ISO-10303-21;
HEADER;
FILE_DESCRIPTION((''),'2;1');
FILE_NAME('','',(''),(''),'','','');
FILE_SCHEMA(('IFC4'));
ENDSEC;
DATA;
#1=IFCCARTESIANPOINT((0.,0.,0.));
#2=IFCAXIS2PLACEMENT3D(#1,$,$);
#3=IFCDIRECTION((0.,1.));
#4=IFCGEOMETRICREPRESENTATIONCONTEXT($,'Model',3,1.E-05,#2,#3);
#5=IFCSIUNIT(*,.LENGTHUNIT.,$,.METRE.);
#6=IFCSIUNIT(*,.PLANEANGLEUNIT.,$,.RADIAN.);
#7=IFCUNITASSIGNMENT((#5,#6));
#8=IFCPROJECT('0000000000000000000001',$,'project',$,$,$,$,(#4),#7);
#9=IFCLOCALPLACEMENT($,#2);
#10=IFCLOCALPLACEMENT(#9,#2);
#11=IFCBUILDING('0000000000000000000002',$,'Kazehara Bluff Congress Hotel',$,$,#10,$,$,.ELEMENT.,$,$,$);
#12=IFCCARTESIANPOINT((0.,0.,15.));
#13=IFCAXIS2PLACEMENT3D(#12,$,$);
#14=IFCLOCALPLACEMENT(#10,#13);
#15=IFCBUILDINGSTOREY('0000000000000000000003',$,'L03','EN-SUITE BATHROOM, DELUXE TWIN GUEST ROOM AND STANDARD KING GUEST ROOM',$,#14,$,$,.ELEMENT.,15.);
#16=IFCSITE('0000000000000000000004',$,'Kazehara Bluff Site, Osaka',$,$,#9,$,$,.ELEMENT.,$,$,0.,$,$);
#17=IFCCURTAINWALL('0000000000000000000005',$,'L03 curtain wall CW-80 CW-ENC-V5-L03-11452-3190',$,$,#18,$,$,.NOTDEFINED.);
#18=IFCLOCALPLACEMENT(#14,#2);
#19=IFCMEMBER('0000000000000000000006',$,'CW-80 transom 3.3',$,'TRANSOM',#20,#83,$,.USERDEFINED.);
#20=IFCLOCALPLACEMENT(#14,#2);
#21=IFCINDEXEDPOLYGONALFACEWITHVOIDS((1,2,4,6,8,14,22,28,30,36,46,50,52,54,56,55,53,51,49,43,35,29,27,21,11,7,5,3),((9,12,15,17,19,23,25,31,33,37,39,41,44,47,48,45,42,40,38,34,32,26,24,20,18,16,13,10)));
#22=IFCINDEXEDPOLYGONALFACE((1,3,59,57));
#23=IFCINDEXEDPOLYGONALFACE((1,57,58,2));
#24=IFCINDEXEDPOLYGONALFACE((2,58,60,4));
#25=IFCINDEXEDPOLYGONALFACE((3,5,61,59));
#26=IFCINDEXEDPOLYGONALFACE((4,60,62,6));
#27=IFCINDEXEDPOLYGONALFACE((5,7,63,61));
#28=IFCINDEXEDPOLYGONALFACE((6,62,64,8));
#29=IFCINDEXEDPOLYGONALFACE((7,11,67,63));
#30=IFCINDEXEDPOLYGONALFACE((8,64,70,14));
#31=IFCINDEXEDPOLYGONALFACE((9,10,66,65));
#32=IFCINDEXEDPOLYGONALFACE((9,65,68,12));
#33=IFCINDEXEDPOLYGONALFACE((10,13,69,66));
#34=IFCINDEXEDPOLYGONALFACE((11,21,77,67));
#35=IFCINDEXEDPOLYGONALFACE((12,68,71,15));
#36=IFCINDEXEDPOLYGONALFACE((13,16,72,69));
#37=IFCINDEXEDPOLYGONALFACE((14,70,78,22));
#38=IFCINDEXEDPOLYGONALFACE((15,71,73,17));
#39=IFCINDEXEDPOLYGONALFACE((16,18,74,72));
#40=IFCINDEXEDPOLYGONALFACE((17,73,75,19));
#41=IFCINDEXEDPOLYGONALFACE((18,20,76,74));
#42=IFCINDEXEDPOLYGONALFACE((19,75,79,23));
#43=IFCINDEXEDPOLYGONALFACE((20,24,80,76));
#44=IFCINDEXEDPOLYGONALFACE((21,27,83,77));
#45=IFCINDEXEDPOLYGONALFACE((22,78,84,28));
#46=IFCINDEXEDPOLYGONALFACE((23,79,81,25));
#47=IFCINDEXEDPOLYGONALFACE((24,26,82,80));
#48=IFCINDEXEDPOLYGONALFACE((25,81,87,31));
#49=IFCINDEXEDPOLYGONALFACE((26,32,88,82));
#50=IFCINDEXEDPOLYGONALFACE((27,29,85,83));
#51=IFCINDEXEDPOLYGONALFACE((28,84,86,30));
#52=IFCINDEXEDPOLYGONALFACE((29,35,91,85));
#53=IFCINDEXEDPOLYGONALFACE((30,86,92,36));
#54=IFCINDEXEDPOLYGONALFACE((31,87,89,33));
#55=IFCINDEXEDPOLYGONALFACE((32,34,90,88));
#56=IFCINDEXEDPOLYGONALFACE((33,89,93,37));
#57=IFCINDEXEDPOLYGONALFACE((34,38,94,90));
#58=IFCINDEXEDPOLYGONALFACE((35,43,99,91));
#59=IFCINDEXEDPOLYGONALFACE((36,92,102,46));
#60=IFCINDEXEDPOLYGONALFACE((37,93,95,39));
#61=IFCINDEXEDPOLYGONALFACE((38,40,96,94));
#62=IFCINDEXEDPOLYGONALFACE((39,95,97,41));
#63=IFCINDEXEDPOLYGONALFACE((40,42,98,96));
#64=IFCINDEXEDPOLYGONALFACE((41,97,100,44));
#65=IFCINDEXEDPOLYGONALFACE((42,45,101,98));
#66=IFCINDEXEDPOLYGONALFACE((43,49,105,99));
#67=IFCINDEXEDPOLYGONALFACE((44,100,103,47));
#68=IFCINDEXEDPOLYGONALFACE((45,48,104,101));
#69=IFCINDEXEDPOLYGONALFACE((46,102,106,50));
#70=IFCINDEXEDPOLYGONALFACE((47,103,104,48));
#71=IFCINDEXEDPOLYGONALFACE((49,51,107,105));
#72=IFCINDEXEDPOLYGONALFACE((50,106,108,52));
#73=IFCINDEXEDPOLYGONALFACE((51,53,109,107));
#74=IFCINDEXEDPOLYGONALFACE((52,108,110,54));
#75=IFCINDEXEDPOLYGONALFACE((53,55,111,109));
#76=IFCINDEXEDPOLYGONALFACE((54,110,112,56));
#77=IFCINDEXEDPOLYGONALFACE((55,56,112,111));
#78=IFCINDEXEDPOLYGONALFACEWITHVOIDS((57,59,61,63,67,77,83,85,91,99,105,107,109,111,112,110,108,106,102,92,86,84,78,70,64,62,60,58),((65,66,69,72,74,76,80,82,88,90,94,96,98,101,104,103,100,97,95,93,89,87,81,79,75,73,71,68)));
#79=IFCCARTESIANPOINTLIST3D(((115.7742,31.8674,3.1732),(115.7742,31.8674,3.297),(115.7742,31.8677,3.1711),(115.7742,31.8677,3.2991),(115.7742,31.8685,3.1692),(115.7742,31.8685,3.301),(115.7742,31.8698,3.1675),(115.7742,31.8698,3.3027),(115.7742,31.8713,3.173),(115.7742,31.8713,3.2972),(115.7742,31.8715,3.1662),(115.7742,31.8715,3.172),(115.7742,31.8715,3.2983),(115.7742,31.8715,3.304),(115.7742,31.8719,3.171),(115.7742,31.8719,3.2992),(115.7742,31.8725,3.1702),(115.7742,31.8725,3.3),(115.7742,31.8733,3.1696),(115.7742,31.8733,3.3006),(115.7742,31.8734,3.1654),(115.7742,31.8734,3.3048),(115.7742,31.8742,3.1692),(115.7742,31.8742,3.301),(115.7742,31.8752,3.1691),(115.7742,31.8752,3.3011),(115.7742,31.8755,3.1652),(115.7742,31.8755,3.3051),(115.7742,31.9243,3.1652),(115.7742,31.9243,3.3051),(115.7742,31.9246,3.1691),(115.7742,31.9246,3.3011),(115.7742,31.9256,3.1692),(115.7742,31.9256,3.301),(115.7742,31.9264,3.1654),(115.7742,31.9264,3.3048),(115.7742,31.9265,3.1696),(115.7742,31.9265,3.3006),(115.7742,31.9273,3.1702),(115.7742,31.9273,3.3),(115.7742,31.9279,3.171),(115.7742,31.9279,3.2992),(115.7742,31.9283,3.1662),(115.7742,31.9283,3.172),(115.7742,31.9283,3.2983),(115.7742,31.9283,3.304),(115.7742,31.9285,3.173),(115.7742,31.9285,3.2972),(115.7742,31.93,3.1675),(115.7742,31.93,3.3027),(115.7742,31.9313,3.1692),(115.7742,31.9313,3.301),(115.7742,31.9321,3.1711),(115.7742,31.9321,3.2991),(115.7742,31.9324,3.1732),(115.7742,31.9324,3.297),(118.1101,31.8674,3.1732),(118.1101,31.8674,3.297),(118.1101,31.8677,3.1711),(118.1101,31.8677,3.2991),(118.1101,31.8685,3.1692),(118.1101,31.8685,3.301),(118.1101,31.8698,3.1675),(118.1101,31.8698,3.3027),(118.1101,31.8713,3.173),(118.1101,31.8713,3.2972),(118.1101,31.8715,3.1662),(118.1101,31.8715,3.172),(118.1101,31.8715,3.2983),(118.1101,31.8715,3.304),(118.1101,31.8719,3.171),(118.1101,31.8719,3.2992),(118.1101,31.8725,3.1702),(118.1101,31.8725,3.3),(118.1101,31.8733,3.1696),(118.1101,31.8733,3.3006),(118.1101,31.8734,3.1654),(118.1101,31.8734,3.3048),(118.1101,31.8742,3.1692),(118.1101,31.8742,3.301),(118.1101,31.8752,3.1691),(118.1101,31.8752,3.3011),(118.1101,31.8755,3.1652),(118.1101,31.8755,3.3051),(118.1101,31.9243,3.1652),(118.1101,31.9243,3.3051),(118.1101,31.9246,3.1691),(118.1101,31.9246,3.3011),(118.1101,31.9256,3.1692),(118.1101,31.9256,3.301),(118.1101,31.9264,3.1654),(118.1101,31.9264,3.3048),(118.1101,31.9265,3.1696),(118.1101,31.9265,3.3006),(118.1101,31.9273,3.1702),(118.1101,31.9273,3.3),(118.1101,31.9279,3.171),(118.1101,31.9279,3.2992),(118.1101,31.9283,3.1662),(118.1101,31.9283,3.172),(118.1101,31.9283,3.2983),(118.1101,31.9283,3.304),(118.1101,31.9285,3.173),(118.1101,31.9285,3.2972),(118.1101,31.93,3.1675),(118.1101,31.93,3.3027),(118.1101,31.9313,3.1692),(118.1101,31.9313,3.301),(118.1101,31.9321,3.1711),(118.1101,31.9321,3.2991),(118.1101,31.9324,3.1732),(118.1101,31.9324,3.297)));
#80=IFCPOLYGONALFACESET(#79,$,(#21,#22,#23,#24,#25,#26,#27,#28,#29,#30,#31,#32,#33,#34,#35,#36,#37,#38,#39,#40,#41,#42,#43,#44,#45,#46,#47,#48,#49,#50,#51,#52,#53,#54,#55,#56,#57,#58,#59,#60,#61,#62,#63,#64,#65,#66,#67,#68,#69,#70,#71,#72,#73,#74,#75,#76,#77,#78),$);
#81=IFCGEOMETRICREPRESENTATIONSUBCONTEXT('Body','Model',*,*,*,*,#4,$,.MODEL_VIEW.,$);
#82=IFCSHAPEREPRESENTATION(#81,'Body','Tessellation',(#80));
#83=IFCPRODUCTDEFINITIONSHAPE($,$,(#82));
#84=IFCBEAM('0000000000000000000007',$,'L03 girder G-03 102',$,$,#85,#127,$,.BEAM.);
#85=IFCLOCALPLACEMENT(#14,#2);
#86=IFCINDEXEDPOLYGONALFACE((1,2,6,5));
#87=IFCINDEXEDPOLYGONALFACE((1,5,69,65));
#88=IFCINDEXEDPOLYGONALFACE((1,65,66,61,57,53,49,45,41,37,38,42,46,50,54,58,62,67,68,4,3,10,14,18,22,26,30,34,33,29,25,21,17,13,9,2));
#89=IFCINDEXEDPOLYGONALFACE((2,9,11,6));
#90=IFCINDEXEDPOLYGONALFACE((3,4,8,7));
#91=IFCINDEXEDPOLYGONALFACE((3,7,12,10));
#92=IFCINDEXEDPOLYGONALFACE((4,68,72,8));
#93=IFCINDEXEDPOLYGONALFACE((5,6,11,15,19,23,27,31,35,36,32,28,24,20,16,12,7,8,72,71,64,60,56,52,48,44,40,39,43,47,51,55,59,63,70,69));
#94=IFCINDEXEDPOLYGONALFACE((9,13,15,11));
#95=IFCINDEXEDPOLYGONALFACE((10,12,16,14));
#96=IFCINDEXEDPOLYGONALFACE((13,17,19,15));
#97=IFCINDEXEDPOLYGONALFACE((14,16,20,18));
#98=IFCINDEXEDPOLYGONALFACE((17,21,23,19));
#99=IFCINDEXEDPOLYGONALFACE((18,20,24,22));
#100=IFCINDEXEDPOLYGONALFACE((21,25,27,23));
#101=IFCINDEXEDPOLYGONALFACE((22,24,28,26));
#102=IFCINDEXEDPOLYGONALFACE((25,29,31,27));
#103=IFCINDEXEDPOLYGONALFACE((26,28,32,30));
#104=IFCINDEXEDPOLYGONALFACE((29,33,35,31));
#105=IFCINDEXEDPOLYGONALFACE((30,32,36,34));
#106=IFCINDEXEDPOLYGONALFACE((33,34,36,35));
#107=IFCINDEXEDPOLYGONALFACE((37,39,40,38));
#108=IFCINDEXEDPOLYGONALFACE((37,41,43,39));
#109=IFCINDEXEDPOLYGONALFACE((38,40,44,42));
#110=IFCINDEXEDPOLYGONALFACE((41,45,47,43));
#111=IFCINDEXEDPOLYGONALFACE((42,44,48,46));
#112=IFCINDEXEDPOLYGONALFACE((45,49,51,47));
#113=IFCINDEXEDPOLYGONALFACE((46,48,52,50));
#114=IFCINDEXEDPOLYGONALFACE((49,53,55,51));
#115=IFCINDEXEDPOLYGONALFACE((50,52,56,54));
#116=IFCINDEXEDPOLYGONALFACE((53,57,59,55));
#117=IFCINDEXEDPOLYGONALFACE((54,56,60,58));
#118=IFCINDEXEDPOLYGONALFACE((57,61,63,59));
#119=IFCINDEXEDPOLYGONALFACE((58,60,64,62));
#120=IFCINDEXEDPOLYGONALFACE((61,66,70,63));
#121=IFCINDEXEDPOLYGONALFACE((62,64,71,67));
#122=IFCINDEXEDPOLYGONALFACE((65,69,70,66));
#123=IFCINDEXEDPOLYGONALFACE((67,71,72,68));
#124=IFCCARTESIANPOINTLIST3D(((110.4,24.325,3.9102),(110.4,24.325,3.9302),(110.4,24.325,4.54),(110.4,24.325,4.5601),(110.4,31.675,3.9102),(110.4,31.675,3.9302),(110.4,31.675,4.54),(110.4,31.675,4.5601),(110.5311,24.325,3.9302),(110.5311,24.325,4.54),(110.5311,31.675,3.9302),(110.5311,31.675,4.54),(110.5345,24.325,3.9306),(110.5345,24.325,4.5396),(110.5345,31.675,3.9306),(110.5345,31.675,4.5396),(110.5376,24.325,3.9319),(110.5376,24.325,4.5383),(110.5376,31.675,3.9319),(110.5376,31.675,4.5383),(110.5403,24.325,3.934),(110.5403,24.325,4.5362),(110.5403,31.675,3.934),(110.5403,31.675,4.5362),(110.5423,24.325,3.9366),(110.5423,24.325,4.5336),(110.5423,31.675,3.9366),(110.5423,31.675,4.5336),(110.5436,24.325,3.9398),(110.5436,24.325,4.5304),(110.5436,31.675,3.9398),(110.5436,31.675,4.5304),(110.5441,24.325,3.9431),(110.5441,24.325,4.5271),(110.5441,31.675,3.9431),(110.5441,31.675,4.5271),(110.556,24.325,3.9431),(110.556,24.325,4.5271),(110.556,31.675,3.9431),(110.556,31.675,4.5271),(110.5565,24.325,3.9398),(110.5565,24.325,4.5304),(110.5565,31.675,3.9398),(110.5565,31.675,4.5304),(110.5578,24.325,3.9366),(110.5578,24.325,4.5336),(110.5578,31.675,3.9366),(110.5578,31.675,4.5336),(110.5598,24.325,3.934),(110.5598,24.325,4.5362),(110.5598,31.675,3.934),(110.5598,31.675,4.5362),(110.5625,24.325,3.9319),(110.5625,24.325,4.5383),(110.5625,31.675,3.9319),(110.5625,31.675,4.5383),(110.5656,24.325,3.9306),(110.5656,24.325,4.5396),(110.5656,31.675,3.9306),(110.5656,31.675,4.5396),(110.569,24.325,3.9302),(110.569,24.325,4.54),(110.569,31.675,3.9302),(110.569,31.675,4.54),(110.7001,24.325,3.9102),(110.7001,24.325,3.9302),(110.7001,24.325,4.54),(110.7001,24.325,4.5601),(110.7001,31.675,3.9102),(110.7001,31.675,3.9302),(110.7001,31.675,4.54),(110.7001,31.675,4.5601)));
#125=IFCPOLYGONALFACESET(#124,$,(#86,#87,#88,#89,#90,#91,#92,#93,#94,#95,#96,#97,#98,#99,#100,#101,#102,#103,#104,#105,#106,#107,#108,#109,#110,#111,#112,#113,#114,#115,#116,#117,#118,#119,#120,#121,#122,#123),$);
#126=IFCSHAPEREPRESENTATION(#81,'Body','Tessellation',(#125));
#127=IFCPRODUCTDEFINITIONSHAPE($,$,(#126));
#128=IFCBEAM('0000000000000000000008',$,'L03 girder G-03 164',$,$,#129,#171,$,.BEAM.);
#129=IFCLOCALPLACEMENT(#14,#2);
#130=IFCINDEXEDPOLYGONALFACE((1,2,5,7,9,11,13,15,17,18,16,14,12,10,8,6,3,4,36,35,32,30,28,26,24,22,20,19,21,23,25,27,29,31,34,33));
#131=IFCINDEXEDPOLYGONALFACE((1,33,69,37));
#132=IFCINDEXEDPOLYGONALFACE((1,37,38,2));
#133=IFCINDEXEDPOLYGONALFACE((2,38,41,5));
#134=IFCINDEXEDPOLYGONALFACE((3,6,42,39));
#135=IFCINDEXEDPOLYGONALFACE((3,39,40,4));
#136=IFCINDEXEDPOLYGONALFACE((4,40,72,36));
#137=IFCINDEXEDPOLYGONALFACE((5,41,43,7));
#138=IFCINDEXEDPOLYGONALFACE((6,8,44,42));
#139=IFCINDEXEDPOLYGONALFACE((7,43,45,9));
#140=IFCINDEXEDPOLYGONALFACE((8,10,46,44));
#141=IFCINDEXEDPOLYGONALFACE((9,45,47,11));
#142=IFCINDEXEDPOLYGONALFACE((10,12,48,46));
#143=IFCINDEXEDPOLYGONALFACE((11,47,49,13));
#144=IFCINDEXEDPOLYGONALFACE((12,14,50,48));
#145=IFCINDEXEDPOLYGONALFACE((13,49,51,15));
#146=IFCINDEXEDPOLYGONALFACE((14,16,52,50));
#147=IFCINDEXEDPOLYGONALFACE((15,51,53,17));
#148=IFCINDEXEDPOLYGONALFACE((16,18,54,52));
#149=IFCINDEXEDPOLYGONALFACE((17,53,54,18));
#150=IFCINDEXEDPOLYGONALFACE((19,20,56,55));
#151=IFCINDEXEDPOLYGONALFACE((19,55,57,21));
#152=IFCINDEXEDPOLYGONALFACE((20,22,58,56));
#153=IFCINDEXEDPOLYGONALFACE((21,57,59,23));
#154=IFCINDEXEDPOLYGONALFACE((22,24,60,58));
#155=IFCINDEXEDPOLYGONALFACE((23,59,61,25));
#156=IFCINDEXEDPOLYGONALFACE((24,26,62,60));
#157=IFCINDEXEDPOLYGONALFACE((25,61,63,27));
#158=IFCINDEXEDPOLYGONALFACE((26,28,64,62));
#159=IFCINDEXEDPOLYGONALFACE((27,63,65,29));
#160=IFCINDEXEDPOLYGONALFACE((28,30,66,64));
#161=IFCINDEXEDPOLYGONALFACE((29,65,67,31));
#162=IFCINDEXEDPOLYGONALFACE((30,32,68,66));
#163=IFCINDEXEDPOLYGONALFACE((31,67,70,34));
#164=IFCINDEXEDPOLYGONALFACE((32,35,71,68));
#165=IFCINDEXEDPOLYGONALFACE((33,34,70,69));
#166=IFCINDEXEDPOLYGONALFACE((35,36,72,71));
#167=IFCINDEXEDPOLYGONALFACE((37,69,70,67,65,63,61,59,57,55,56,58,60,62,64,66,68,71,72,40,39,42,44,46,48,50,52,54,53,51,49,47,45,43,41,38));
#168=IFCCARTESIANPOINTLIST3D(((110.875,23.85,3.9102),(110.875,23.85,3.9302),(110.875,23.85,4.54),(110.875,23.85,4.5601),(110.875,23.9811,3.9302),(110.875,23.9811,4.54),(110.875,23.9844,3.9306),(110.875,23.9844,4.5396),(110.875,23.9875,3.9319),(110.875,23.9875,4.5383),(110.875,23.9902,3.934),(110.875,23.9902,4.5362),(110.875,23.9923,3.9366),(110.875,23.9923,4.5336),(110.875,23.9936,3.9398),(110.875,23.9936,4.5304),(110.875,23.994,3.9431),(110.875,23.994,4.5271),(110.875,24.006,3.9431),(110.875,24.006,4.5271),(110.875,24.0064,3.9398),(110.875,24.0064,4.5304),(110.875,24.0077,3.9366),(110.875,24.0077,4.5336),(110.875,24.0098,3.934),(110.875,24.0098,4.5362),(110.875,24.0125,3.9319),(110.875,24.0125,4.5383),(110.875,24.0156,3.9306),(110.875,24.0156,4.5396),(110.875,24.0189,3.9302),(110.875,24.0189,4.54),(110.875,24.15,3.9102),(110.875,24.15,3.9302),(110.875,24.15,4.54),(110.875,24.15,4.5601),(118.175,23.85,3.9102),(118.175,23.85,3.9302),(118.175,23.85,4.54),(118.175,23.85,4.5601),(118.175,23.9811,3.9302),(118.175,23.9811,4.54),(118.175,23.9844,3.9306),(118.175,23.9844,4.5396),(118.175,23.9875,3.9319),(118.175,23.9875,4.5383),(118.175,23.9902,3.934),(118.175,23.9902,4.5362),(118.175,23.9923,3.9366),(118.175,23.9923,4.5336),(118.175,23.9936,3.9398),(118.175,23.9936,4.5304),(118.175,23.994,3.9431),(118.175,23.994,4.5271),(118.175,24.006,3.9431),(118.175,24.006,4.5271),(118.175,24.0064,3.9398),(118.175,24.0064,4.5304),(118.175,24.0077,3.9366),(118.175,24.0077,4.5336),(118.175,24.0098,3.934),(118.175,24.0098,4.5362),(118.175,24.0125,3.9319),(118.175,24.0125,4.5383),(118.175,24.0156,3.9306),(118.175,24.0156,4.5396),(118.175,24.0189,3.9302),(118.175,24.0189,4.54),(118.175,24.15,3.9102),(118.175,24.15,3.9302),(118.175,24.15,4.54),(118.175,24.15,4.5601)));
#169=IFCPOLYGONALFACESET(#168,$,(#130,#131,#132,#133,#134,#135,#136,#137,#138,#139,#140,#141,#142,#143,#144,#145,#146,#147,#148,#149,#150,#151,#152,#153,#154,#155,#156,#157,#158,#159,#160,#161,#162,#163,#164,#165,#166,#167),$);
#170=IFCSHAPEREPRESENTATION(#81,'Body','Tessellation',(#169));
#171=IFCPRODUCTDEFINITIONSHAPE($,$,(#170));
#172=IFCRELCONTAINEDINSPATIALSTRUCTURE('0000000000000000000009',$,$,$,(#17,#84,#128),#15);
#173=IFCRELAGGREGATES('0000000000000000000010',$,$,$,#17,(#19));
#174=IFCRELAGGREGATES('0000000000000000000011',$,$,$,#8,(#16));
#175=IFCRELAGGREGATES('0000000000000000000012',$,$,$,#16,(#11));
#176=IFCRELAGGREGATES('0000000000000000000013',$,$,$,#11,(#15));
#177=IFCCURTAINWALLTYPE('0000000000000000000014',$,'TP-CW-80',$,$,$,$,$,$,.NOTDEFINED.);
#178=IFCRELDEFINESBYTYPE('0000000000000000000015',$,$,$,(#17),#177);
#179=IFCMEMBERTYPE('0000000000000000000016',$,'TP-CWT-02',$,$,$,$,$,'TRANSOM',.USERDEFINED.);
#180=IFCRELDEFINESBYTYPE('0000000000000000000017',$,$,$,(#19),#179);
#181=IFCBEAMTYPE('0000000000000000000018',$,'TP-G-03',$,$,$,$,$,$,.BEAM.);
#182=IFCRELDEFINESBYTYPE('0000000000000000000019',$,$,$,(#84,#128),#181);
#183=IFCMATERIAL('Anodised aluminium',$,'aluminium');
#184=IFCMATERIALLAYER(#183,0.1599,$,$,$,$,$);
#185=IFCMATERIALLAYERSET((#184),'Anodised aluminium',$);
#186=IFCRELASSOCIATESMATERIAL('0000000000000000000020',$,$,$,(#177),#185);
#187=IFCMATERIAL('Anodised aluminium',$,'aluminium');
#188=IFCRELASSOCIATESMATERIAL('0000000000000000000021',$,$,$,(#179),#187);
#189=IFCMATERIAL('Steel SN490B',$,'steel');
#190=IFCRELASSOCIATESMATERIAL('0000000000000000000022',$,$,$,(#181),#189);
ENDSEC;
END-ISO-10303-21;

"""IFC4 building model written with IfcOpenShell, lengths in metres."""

from ifc_helpers import new_model, si_unit, direction, frame, origin, origin_2d, place, context, subcontext, project, spatial, hollow_rectangle, i_section, extrude, material, layer, layer_set, material_profile, profile_set, type_object, element, aggregate, save


model = new_model("IFC4")

# Units and contexts
model_context = context("Model", 3, precision=1e-05, world=origin(), true_north=direction((0.0, 1.0)))
body_context = subcontext(model_context, "Body", "Model", "MODEL_VIEW")
ifc_project = project(units=[si_unit("LENGTHUNIT", "METRE"), si_unit("PLANEANGLEUNIT", "RADIAN")], contexts=[model_context])

# Site, building, storey
site_placement = place(None, origin())
site = spatial("IfcSite", under=ifc_project, at=site_placement, Name="Kazehara Bluff Site, Osaka", CompositionType="ELEMENT", RefElevation=0.0)
building_placement = place(site_placement, origin())
building = spatial("IfcBuilding", under=site, at=building_placement, Name="Kazehara Bluff Congress Hotel", CompositionType="ELEMENT")
storey_placement = place(building_placement, frame((0.0, 0.0, 15.0)))
storey = spatial("IfcBuildingStorey", under=building, at=storey_placement, Name="L03", Description="EN-SUITE BATHROOM, DELUXE TWIN GUEST ROOM AND STANDARD KING GUEST ROOM", CompositionType="ELEMENT", Elevation=15.0)

# Curtain wall, member
ifc_material_1 = material(Name="Anodised aluminium", Category="aluminium")
ifc_layer_1 = layer(ifc_material_1, 0.1599)
ifc_layer_set_1 = layer_set([ifc_layer_1], Name="Anodised aluminium")
curtain_wall_type_1 = type_object("IfcCurtainWallType", Name="TP-CW-80", PredefinedType="NOTDEFINED", material=ifc_layer_set_1)
curtain_wall_1_placement = place(storey_placement, origin())
curtain_wall_1 = element("IfcCurtainWall", 1, at=curtain_wall_1_placement, inside=storey, type_object=curtain_wall_type_1, Name="L03 curtain wall CW-80 CW-ENC-V5-L03-11452-3190", PredefinedType="NOTDEFINED")
ifc_material_2 = material(Name="Anodised aluminium", Category="aluminium")
ifc_material_profile_1 = material_profile(ifc_material_2, hollow_rectangle(XDim=0.0649, YDim=0.1399, WallThickness=0.0039, InnerFilletRadius=0.0039, OuterFilletRadius=0.0081, at=origin_2d()))
ifc_profile_set_1 = profile_set([ifc_material_profile_1], Name="Anodised aluminium")
member_type_1 = type_object("IfcMemberType", Name="TP-CWT-02", ElementType="TRANSOM", PredefinedType="USERDEFINED", material=ifc_profile_set_1)
member_1_placement = place(storey_placement, frame((115.7742, 31.8999, 3.2351), z_axis=(1.0, 0.0, 0.0), x_axis=(0.0, 1.0, 0.0)))
member_1 = element("IfcMember", 2, at=member_1_placement, type_object=member_type_1, Name="CW-80 transom 3.3", ObjectType="TRANSOM", PredefinedType="USERDEFINED", context=body_context, shape_type="SweptSolid", body=[
    extrude(hollow_rectangle(XDim=0.0649, YDim=0.1399, WallThickness=0.0039, InnerFilletRadius=0.0039, OuterFilletRadius=0.0081, at=origin_2d()), origin(), (0.0, 0.0, 1.0), 2.3359),
])

# Beams
ifc_material_3 = material(Name="Steel SN490B", Category="steel")
ifc_material_profile_2 = material_profile(ifc_material_3, i_section(OverallWidth=0.3, OverallDepth=0.6499, WebThickness=0.012, FlangeThickness=0.02, FilletRadius=0.0129, at=origin_2d()))
ifc_profile_set_2 = profile_set([ifc_material_profile_2], Name="Steel SN490B")
beam_type_1 = type_object("IfcBeamType", Name="TP-G-03", PredefinedType="BEAM", material=ifc_profile_set_2)
beam_1_placement = place(storey_placement, frame((110.55, 24.325, 4.2351), z_axis=(0.0, 1.0, 0.0), x_axis=(-1.0, 0.0, 0.0)))
element("IfcBeam", 3, at=beam_1_placement, inside=storey, type_object=beam_type_1, Name="L03 girder G-03 102", PredefinedType="BEAM", context=body_context, shape_type="SweptSolid", body=[
    extrude(i_section(OverallWidth=0.3, OverallDepth=0.6499, WebThickness=0.012, FlangeThickness=0.02, FilletRadius=0.0129, at=origin_2d()), origin(), (0.0, 0.0, 1.0), 7.3501),
])
beam_2_placement = place(storey_placement, frame((110.875, 24.0, 4.2351), z_axis=(1.0, 0.0, 0.0), x_axis=(0.0, 1.0, 0.0)))
element("IfcBeam", 4, at=beam_2_placement, inside=storey, type_object=beam_type_1, Name="L03 girder G-03 164", PredefinedType="BEAM", context=body_context, shape_type="SweptSolid", body=[
    extrude(i_section(OverallWidth=0.3, OverallDepth=0.6499, WebThickness=0.012, FlangeThickness=0.02, FilletRadius=0.0129, at=origin_2d()), origin(), (0.0, 0.0, 1.0), 7.3),
])

aggregate(curtain_wall_1, [member_1])

save(model, "model.ifc")
